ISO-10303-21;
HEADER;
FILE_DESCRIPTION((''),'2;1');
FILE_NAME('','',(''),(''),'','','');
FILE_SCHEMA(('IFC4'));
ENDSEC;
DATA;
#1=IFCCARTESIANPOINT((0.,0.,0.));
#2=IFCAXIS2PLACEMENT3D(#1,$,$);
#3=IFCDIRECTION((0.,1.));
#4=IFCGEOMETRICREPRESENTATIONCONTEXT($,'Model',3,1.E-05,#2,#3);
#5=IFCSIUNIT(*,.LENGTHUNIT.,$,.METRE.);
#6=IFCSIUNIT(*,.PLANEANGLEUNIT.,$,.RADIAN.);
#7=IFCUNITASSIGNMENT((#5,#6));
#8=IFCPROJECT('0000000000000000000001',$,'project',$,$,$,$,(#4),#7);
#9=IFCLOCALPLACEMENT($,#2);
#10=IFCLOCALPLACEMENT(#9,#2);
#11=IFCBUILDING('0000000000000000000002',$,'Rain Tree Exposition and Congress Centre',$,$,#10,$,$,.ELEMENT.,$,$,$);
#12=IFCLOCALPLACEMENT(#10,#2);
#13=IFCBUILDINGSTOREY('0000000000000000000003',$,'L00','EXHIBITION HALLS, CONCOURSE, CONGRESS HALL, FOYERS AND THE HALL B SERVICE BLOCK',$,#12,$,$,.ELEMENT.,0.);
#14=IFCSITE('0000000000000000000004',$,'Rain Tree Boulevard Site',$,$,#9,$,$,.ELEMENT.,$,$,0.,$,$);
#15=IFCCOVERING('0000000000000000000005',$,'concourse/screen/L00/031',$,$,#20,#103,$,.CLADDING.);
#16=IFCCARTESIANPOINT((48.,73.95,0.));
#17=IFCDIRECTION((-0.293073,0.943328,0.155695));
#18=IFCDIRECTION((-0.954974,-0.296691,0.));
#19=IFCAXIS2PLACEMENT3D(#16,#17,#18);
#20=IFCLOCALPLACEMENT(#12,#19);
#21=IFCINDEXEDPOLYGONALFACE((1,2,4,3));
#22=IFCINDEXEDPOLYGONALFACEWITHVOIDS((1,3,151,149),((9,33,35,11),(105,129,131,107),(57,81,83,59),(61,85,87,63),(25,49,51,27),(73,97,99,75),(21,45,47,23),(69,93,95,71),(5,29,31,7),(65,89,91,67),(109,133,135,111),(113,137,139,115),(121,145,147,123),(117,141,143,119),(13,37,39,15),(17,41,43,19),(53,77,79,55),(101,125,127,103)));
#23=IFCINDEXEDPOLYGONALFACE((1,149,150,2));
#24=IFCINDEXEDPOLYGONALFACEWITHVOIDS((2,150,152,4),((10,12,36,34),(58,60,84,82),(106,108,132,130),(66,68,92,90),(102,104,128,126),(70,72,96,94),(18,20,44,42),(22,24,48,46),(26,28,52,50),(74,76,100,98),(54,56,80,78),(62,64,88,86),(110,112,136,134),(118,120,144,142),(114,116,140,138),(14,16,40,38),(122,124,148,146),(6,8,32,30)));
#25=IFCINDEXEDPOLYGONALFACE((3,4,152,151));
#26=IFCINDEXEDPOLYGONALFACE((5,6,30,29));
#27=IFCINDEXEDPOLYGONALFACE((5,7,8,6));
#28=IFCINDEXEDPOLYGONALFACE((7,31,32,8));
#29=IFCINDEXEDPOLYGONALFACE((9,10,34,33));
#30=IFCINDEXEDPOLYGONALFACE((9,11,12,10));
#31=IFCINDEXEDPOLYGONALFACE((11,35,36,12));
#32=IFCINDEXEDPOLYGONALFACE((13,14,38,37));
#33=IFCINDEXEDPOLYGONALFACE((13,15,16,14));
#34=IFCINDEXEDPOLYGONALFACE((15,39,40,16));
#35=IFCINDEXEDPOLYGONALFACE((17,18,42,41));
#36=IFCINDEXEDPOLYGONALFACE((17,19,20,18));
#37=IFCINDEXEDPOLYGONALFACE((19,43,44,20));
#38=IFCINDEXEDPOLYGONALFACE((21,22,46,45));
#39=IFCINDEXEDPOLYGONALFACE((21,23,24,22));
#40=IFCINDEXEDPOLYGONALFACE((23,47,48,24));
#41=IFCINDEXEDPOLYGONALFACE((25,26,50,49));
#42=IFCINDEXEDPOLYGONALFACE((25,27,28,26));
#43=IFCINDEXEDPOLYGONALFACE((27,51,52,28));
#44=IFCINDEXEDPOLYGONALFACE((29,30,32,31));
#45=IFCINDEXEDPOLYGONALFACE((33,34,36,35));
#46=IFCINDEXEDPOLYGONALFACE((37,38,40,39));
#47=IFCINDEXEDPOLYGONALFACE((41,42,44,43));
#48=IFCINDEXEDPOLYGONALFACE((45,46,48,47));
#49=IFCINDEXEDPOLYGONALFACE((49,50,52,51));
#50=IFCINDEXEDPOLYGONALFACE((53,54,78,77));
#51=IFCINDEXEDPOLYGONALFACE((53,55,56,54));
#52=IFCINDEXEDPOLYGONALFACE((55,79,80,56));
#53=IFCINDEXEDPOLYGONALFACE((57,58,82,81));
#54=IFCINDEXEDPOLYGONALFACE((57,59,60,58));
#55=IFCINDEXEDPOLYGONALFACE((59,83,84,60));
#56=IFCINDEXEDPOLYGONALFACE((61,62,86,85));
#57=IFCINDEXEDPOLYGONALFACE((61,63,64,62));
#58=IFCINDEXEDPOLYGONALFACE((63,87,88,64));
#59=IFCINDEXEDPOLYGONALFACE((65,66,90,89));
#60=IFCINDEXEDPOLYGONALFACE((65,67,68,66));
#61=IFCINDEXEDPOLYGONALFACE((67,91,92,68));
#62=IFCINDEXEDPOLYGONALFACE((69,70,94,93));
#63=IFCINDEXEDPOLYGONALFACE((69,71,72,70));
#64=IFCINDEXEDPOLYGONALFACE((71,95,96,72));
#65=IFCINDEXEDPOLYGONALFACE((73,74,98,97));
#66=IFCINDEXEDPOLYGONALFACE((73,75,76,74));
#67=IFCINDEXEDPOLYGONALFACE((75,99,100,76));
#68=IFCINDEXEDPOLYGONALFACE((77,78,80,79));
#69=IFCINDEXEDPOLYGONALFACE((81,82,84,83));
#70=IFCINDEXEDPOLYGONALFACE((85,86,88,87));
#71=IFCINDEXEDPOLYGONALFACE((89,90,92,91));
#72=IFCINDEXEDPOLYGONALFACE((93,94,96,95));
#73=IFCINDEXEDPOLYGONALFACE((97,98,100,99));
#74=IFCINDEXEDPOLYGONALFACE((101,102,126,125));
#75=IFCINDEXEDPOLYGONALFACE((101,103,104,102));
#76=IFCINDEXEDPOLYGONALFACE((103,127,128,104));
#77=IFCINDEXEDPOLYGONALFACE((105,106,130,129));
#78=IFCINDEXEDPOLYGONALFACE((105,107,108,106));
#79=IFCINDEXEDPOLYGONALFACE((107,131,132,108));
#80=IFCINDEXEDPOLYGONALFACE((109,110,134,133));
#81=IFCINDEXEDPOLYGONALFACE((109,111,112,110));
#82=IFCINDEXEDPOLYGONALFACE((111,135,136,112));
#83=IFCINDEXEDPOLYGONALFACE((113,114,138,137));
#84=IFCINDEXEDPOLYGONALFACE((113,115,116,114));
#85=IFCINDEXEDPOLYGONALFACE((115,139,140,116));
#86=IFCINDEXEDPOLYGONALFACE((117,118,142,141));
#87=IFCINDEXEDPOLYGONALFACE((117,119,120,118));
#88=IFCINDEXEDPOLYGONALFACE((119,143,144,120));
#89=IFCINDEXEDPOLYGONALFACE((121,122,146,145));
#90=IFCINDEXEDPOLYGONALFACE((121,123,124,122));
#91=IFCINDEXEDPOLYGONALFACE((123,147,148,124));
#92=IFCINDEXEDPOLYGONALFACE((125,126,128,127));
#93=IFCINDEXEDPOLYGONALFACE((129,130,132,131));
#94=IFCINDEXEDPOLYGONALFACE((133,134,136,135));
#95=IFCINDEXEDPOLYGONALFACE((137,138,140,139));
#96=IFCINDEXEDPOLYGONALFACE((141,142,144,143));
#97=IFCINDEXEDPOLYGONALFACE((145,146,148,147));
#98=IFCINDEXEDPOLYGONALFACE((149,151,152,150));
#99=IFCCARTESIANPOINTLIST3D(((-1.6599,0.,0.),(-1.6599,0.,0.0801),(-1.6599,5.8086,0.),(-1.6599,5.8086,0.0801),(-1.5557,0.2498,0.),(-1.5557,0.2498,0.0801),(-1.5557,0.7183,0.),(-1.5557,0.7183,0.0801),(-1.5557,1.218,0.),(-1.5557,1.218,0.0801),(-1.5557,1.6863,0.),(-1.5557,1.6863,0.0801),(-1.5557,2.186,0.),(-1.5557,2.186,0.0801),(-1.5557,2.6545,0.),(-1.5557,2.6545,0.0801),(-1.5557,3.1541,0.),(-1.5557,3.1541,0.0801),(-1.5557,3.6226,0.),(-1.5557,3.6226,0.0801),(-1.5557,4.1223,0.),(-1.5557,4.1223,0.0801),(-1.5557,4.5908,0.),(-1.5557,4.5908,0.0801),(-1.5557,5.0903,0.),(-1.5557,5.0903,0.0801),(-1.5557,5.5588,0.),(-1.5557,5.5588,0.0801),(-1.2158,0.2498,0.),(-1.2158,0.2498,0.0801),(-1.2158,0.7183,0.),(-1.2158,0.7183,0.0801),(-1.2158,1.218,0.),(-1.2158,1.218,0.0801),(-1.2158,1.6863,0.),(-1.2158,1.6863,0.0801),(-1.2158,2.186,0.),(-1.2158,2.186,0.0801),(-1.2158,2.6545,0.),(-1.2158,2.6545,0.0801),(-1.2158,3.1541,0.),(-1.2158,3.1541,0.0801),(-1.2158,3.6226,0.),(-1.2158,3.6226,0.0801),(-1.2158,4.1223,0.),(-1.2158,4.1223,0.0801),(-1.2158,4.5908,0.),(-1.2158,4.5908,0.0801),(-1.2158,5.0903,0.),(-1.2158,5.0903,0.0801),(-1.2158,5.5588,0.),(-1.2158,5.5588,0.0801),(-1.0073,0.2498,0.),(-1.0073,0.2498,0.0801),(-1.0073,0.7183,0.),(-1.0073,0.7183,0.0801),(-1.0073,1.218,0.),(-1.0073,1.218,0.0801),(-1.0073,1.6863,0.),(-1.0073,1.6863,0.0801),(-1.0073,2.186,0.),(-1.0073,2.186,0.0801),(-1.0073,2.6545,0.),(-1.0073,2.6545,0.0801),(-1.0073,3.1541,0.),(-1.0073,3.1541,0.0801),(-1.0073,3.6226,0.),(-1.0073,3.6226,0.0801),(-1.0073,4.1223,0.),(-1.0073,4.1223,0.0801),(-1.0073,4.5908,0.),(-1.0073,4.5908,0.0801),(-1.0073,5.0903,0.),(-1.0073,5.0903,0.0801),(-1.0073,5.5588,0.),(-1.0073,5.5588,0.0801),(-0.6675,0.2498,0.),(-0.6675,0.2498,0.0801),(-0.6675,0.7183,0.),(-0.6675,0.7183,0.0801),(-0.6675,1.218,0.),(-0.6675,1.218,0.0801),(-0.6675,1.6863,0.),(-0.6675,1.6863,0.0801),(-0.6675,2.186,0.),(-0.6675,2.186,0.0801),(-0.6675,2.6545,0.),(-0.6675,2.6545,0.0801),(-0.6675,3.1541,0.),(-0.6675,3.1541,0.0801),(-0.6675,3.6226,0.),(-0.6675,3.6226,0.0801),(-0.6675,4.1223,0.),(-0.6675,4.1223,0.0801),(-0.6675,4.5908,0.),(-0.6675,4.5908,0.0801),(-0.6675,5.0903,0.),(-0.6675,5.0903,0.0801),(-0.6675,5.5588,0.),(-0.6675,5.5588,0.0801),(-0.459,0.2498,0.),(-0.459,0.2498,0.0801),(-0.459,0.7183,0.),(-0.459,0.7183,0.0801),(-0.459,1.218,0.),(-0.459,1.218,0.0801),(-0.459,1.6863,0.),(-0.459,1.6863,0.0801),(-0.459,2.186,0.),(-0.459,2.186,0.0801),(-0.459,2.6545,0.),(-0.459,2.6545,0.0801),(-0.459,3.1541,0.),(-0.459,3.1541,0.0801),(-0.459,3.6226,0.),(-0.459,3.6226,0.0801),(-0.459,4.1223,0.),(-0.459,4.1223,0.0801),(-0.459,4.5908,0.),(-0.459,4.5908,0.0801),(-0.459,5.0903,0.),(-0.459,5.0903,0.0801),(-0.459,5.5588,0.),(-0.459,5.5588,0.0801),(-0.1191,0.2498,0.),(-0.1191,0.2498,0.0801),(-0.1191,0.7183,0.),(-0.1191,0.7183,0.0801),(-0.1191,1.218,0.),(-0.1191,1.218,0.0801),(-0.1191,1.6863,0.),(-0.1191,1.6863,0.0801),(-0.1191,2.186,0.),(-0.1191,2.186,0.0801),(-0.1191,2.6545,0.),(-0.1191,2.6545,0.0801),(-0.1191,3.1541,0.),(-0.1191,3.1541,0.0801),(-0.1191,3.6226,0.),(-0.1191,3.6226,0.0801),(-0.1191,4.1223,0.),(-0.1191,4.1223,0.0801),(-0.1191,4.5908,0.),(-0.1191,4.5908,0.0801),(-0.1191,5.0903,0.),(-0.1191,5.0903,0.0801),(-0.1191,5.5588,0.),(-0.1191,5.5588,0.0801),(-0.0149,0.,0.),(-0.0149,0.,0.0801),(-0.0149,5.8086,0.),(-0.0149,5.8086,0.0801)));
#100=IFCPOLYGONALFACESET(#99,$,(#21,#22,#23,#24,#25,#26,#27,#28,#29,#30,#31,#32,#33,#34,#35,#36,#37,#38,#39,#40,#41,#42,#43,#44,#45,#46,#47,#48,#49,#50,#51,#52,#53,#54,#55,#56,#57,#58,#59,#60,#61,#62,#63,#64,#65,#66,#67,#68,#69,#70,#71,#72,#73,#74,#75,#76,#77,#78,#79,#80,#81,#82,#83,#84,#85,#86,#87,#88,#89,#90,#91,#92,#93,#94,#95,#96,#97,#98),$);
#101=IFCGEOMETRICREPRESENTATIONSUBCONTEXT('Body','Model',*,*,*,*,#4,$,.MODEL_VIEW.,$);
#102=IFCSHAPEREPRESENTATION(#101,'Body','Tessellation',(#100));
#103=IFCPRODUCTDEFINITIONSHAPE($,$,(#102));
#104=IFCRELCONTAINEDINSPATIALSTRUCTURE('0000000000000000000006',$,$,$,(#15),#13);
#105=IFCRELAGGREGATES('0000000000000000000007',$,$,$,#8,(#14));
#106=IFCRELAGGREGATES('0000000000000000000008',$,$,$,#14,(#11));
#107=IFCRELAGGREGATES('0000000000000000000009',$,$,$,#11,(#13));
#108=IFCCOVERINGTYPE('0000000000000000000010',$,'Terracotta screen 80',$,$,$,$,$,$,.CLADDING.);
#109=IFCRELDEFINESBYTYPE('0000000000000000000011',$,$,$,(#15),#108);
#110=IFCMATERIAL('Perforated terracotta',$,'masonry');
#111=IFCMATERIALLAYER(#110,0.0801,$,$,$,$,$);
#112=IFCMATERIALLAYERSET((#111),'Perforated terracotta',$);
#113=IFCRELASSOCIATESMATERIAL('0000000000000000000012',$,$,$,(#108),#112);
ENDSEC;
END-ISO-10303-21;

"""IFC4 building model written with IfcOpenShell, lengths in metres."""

from ifc_helpers import new_model, si_unit, direction, frame, origin, place, context, subcontext, project, spatial, polyline, outline, extrude, material, layer, layer_set, type_object, element, save


model = new_model("IFC4")

# Units and contexts
model_context = context("Model", 3, precision=1e-05, world=origin(), true_north=direction((0.0, 1.0)))
body_context = subcontext(model_context, "Body", "Model", "MODEL_VIEW")
ifc_project = project(units=[si_unit("LENGTHUNIT", "METRE"), si_unit("PLANEANGLEUNIT", "RADIAN")], contexts=[model_context])

# Site, building, storey
site_placement = place(None, origin())
site = spatial("IfcSite", under=ifc_project, at=site_placement, Name="Rain Tree Boulevard Site", CompositionType="ELEMENT", RefElevation=0.0)
building_placement = place(site_placement, origin())
building = spatial("IfcBuilding", under=site, at=building_placement, Name="Rain Tree Exposition and Congress Centre", CompositionType="ELEMENT")
storey_placement = place(building_placement, origin())
storey = spatial("IfcBuildingStorey", under=building, at=storey_placement, Name="L00", Description="EXHIBITION HALLS, CONCOURSE, CONGRESS HALL, FOYERS AND THE HALL B SERVICE BLOCK", CompositionType="ELEMENT", Elevation=0.0)

# Covering
ifc_material_1 = material(Name="Perforated terracotta", Category="masonry")
ifc_layer_1 = layer(ifc_material_1, 0.0801)
ifc_layer_set_1 = layer_set([ifc_layer_1], Name="Perforated terracotta")
covering_type = type_object("IfcCoveringType", Name="Terracotta screen 80", PredefinedType="CLADDING", material=ifc_layer_set_1)
covering_1_placement = place(storey_placement, frame((48.0, 73.95, 0.0), z_axis=(-0.293073, 0.943328, 0.155695), x_axis=(-0.954974, -0.296691, 0.0)))
element("IfcCovering", 1, at=covering_1_placement, inside=storey, type_object=covering_type, Name="concourse/screen/L00/031", PredefinedType="CLADDING", context=body_context, shape_type="SweptSolid", body=[
    extrude(outline(polyline([(-0.0149, 0.0), (-1.6599, 0.0), (-1.6599, 5.8086), (-0.0149, 5.8086), (-0.0149, 0.0)]), holes=[polyline([(-0.1191, 0.2498), (-0.1191, 0.7183), (-0.459, 0.7183), (-0.459, 0.2498), (-0.1191, 0.2498)]), polyline([(-0.1191, 1.218), (-0.1191, 1.6863), (-0.459, 1.6863), (-0.459, 1.218), (-0.1191, 1.218)]), polyline([(-0.1191, 2.186), (-0.1191, 2.6545), (-0.459, 2.6545), (-0.459, 2.186), (-0.1191, 2.186)]), polyline([(-0.1191, 3.1541), (-0.1191, 3.6226), (-0.459, 3.6226), (-0.459, 3.1541), (-0.1191, 3.1541)]), polyline([(-0.1191, 4.1223), (-0.1191, 4.5908), (-0.459, 4.5908), (-0.459, 4.1223), (-0.1191, 4.1223)]), polyline([(-0.1191, 5.0903), (-0.1191, 5.5588), (-0.459, 5.5588), (-0.459, 5.0903), (-0.1191, 5.0903)]), polyline([(-0.6675, 0.2498), (-0.6675, 0.7183), (-1.0073, 0.7183), (-1.0073, 0.2498), (-0.6675, 0.2498)]), polyline([(-0.6675, 1.218), (-0.6675, 1.6863), (-1.0073, 1.6863), (-1.0073, 1.218), (-0.6675, 1.218)]), polyline([(-0.6675, 2.186), (-0.6675, 2.6545), (-1.0073, 2.6545), (-1.0073, 2.186), (-0.6675, 2.186)]), polyline([(-0.6675, 3.1541), (-0.6675, 3.6226), (-1.0073, 3.6226), (-1.0073, 3.1541), (-0.6675, 3.1541)]), polyline([(-0.6675, 4.1223), (-0.6675, 4.5908), (-1.0073, 4.5908), (-1.0073, 4.1223), (-0.6675, 4.1223)]), polyline([(-0.6675, 5.0903), (-0.6675, 5.5588), (-1.0073, 5.5588), (-1.0073, 5.0903), (-0.6675, 5.0903)]), polyline([(-1.2158, 0.2498), (-1.2158, 0.7183), (-1.5557, 0.7183), (-1.5557, 0.2498), (-1.2158, 0.2498)]), polyline([(-1.2158, 1.218), (-1.2158, 1.6863), (-1.5557, 1.6863), (-1.5557, 1.218), (-1.2158, 1.218)]), polyline([(-1.2158, 2.186), (-1.2158, 2.6545), (-1.5557, 2.6545), (-1.5557, 2.186), (-1.2158, 2.186)]), polyline([(-1.2158, 3.1541), (-1.2158, 3.6226), (-1.5557, 3.6226), (-1.5557, 3.1541), (-1.2158, 3.1541)]), polyline([(-1.2158, 4.1223), (-1.2158, 4.5908), (-1.5557, 4.5908), (-1.5557, 4.1223), (-1.2158, 4.1223)]), polyline([(-1.2158, 5.0903), (-1.2158, 5.5588), (-1.5557, 5.5588), (-1.5557, 5.0903), (-1.2158, 5.0903)])]), origin(), (0.0, 0.0, 1.0), 0.0801),
])

save(model, "model.ifc")
